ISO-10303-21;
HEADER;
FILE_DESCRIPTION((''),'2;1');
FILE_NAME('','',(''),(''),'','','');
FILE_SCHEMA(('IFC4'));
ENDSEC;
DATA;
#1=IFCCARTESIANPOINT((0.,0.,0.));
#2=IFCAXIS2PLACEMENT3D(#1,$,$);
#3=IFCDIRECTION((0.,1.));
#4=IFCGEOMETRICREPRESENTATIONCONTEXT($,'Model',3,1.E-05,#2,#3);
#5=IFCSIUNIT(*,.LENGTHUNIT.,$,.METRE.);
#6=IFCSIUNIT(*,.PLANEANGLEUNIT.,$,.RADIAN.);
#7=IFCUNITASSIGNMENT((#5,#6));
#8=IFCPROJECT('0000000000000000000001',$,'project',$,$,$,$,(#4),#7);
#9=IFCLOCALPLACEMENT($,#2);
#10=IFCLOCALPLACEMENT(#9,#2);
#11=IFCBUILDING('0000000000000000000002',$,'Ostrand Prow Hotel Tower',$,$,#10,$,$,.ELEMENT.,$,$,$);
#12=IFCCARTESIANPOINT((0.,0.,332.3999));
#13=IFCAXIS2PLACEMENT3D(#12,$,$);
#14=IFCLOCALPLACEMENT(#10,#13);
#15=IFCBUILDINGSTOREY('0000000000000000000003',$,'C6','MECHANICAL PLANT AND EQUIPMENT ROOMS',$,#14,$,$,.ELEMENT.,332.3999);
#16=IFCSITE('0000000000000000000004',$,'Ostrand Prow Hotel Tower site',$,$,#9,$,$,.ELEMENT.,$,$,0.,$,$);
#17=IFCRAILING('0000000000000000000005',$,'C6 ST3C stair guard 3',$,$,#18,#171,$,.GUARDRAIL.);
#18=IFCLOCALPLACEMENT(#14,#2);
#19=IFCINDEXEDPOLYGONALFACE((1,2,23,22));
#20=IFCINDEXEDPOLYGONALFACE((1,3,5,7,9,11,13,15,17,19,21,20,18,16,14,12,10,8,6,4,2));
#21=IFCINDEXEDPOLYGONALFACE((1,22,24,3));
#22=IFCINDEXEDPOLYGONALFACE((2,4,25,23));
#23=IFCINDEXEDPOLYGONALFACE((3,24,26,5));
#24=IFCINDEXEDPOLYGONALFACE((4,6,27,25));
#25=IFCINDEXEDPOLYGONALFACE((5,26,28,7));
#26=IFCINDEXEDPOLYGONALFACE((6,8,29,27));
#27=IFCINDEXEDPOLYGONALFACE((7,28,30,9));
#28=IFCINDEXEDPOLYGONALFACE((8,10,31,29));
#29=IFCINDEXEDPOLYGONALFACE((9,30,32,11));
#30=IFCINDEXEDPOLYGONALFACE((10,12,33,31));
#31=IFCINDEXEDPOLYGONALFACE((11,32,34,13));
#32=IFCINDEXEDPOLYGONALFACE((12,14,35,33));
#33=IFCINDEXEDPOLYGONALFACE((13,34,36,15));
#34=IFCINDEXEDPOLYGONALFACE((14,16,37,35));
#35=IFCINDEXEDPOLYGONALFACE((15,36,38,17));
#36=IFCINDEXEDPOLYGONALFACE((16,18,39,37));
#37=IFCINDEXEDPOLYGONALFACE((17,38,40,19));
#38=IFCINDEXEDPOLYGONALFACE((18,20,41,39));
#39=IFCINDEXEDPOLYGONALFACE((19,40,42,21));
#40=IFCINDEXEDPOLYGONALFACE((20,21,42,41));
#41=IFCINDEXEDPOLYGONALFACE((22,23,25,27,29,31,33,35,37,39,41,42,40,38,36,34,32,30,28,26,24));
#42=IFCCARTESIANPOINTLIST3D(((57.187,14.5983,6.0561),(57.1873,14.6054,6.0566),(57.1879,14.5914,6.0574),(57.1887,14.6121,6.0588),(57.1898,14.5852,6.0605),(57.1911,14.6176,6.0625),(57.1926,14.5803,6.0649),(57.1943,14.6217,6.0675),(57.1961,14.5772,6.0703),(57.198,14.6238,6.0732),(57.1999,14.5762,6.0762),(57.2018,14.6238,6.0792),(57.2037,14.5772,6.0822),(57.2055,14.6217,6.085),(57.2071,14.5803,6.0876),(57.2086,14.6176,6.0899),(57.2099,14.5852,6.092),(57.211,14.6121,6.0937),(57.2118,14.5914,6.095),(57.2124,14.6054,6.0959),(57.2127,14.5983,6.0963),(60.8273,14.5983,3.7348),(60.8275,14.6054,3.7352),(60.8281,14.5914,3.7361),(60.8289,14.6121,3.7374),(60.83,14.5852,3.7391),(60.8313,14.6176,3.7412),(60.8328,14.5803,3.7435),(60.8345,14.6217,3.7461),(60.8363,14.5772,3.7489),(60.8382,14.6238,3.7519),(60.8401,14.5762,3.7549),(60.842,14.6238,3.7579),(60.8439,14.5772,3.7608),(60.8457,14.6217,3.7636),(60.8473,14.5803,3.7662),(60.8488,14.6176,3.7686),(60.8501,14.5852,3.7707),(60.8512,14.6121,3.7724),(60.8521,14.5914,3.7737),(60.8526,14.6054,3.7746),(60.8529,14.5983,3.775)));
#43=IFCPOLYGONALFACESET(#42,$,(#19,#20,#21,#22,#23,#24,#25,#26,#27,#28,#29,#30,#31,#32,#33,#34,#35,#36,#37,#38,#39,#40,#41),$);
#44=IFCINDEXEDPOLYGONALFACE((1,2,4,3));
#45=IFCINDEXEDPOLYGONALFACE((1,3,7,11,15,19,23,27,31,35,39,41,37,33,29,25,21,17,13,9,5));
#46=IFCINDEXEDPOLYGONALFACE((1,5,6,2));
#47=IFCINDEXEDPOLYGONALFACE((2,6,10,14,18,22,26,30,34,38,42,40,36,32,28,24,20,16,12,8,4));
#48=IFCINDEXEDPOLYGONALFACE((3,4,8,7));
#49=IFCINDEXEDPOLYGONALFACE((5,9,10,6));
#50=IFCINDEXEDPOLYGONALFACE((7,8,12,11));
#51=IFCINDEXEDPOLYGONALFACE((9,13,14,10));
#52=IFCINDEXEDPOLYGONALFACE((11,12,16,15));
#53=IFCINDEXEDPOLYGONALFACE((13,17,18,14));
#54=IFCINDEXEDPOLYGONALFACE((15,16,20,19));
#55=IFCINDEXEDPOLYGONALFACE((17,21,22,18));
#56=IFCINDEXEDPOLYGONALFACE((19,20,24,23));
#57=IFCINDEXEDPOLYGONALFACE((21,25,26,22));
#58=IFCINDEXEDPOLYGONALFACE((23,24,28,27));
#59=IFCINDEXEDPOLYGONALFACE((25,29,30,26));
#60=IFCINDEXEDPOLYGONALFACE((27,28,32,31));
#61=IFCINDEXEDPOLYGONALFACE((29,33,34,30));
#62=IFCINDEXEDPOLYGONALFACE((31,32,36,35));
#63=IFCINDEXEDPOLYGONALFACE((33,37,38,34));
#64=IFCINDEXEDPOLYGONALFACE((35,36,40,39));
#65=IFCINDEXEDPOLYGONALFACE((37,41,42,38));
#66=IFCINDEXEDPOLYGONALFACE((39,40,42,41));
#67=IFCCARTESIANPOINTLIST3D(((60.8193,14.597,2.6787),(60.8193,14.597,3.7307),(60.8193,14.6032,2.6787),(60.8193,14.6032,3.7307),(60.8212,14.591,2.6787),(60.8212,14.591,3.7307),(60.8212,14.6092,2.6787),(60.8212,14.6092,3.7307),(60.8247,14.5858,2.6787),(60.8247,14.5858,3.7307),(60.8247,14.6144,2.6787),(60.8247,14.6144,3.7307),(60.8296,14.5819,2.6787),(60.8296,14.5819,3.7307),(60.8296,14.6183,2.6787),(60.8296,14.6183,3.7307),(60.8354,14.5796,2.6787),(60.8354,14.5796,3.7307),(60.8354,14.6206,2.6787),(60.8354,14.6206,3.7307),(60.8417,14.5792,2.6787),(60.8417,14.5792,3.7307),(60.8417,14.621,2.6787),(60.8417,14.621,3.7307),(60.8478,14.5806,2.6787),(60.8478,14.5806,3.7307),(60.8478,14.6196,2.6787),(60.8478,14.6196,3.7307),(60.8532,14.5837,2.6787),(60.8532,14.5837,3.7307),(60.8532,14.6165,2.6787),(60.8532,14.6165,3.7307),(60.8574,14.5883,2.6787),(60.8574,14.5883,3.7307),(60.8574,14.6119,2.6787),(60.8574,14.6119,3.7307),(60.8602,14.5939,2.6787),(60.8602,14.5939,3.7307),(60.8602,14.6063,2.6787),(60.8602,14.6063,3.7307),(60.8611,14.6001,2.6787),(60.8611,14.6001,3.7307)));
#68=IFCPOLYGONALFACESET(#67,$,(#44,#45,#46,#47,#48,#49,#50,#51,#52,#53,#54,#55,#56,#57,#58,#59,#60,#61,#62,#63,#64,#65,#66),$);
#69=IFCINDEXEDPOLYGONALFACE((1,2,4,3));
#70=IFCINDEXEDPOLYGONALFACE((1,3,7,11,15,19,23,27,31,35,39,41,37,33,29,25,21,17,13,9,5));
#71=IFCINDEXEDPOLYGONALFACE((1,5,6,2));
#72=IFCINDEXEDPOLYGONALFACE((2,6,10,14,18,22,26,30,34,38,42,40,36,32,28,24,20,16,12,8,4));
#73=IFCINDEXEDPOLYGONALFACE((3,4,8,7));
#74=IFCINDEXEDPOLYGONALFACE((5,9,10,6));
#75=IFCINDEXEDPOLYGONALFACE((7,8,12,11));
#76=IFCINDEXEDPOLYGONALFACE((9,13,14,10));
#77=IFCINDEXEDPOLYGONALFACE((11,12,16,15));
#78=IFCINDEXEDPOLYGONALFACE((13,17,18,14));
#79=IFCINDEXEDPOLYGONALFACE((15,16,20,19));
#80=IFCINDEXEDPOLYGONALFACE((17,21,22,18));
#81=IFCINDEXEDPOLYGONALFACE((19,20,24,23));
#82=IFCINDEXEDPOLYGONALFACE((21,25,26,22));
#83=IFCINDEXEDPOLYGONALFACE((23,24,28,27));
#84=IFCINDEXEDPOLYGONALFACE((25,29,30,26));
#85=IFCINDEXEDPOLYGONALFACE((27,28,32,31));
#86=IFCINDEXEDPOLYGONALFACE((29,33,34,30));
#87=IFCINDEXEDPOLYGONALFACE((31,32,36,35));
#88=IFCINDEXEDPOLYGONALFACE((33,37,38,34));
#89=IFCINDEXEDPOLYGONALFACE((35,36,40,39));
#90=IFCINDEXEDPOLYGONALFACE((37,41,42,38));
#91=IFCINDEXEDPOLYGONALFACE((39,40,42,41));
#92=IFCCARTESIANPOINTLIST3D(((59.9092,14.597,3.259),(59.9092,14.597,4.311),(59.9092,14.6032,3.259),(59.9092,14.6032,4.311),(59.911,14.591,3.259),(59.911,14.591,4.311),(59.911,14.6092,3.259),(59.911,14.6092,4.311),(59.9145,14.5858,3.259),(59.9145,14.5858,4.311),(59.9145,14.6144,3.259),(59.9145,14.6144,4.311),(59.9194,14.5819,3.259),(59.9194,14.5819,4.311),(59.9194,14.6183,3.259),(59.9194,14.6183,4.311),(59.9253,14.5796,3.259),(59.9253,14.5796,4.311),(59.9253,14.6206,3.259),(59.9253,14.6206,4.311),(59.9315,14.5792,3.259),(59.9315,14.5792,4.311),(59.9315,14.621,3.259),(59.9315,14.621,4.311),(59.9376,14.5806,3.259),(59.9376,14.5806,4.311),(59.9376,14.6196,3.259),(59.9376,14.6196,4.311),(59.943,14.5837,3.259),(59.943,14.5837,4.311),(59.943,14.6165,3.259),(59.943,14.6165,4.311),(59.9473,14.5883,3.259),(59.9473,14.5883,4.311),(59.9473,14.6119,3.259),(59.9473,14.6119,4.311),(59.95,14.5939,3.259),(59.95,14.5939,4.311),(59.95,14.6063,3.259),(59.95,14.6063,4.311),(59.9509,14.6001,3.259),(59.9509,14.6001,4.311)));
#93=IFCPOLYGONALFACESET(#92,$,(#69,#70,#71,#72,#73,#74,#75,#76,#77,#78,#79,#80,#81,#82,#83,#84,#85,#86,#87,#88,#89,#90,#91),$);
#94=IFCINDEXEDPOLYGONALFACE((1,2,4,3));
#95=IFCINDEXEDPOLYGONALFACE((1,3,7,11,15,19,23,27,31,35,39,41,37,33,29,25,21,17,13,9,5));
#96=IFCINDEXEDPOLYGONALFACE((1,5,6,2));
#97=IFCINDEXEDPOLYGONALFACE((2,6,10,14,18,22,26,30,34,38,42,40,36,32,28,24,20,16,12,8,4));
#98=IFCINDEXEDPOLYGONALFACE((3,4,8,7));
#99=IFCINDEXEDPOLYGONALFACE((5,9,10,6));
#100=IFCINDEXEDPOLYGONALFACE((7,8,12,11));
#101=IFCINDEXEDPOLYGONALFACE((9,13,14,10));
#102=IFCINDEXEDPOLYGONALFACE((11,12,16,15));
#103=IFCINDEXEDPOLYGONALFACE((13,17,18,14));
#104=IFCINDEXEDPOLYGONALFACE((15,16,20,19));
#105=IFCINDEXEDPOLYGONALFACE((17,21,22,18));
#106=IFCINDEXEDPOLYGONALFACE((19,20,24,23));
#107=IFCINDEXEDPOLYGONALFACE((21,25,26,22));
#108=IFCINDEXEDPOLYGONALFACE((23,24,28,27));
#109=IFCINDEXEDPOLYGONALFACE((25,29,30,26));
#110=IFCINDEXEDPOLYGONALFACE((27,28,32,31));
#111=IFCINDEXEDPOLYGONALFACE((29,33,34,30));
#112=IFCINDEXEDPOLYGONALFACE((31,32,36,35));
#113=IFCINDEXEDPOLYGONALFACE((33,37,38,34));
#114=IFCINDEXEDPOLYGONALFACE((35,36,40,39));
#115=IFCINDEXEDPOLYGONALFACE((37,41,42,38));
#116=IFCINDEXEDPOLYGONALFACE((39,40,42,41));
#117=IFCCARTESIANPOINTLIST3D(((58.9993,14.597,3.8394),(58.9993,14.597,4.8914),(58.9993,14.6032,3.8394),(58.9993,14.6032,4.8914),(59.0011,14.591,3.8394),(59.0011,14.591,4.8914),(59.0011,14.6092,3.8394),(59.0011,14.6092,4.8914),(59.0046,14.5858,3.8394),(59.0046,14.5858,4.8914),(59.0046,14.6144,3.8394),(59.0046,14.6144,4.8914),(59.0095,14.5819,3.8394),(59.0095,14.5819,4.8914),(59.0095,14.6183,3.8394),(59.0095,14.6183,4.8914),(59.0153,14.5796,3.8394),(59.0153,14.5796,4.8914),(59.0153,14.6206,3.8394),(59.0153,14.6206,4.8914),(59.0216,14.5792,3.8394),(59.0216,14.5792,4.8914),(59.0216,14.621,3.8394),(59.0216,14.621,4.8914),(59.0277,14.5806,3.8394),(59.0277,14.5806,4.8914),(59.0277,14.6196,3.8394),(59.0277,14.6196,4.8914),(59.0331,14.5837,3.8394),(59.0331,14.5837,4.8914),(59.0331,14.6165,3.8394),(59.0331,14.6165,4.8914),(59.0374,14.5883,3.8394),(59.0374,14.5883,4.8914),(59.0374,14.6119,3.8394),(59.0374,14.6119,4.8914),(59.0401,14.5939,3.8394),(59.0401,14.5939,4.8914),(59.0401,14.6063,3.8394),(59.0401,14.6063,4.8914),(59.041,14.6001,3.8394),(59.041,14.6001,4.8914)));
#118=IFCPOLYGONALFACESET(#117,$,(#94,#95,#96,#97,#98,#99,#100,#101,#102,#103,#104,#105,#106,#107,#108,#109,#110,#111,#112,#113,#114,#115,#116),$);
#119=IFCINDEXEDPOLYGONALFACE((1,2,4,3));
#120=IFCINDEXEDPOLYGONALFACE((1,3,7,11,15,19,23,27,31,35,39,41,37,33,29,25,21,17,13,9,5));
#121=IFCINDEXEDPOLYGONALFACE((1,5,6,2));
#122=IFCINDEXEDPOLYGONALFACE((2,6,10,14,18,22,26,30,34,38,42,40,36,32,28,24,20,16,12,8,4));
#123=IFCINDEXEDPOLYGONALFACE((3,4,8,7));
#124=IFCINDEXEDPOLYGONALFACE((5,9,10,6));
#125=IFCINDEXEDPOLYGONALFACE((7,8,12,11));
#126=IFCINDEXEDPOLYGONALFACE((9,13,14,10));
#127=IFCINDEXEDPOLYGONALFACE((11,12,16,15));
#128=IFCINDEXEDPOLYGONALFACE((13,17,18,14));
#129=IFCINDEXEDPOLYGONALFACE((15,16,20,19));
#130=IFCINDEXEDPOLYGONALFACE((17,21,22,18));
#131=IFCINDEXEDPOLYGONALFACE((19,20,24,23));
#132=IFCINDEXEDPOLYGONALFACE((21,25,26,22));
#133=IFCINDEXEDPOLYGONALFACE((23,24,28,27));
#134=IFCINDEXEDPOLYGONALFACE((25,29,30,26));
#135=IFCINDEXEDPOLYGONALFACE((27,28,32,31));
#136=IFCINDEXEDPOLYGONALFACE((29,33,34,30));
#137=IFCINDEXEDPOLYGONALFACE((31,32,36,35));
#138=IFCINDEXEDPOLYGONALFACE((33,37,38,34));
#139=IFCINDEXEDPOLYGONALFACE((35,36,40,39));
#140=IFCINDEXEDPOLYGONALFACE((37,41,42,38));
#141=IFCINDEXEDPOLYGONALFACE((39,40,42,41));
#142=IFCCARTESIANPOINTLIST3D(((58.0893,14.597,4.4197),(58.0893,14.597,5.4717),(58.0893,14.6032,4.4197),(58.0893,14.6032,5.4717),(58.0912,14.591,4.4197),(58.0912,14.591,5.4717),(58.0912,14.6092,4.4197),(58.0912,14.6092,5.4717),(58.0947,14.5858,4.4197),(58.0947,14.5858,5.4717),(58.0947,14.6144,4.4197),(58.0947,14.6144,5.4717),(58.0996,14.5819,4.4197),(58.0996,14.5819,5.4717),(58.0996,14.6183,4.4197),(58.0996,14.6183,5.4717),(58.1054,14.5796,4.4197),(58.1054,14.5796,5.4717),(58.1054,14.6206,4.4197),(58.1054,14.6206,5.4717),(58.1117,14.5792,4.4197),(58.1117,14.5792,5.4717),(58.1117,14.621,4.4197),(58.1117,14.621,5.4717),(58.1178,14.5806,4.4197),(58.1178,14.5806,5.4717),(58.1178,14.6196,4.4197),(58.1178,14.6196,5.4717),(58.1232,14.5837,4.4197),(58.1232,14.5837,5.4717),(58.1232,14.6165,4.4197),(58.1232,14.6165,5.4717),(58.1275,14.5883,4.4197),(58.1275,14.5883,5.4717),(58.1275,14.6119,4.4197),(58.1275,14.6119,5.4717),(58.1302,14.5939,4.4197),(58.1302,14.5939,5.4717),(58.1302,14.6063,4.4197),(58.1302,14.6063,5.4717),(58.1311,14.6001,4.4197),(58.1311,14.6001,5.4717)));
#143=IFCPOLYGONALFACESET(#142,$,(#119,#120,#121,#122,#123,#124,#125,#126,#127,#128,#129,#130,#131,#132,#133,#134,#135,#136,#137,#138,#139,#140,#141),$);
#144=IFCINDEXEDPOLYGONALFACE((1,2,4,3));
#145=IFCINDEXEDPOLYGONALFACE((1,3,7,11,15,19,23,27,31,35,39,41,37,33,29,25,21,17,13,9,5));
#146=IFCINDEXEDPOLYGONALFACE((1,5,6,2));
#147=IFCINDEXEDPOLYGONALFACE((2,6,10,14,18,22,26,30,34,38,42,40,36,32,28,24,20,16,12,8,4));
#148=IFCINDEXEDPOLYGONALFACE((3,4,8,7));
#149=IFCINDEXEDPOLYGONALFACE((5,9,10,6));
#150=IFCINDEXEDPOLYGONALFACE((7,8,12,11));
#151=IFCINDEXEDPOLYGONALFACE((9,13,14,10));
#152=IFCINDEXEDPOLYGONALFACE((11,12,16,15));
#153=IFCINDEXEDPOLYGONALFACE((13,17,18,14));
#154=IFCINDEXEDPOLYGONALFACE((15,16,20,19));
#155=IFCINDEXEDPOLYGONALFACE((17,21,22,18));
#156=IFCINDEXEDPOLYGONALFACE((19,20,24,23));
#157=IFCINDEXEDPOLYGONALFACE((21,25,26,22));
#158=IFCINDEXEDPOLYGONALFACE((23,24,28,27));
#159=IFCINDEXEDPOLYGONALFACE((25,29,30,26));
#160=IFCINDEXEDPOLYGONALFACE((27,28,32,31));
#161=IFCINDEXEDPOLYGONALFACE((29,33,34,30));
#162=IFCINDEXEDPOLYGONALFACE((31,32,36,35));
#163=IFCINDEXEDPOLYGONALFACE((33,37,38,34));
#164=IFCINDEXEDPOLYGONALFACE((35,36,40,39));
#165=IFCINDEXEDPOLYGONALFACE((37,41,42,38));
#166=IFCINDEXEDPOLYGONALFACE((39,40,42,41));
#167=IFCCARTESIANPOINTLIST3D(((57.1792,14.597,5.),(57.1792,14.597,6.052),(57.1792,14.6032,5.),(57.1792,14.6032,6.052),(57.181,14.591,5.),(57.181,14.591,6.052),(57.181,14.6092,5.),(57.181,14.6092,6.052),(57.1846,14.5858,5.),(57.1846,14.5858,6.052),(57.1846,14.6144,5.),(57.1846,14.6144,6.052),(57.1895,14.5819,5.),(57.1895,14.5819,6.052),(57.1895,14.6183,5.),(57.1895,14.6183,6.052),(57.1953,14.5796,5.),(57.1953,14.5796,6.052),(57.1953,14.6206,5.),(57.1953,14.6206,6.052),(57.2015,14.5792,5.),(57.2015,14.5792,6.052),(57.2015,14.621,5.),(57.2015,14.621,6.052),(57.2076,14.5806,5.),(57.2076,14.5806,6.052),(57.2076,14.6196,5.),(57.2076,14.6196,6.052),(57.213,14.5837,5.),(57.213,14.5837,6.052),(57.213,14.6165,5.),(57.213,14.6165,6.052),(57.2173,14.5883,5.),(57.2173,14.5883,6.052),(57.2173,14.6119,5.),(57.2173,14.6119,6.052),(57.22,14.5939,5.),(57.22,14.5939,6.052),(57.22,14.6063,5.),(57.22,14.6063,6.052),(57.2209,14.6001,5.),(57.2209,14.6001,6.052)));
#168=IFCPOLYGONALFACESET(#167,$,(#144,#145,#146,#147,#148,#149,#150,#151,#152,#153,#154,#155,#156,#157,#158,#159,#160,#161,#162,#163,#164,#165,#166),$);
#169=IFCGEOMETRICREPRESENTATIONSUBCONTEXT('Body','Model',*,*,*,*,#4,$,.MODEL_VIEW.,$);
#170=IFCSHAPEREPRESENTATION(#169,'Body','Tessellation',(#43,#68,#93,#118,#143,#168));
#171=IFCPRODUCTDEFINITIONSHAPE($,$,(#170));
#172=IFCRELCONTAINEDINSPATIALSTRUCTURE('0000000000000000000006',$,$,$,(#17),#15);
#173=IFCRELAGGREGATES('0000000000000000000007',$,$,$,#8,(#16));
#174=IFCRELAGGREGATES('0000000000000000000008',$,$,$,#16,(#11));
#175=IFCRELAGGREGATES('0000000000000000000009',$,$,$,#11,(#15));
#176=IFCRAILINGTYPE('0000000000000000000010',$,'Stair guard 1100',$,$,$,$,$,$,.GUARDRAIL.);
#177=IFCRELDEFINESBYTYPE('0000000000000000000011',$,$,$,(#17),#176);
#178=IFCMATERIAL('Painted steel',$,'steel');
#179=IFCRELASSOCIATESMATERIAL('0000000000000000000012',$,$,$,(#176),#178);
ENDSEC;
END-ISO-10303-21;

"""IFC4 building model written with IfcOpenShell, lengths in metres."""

from ifc_helpers import new_model, si_unit, direction, frame, origin, origin_2d, place, context, subcontext, project, spatial, circle, extrude, material, type_object, element, save


model = new_model("IFC4")

# Units and contexts
model_context = context("Model", 3, precision=1e-05, world=origin(), true_north=direction((0.0, 1.0)))
body_context = subcontext(model_context, "Body", "Model", "MODEL_VIEW")
ifc_project = project(units=[si_unit("LENGTHUNIT", "METRE"), si_unit("PLANEANGLEUNIT", "RADIAN")], contexts=[model_context])

# Site, building, storey
site_placement = place(None, origin())
site = spatial("IfcSite", under=ifc_project, at=site_placement, Name="Ostrand Prow Hotel Tower site", CompositionType="ELEMENT", RefElevation=0.0)
building_placement = place(site_placement, origin())
building = spatial("IfcBuilding", under=site, at=building_placement, Name="Ostrand Prow Hotel Tower", CompositionType="ELEMENT")
storey_placement = place(building_placement, frame((0.0, 0.0, 332.3999)))
storey = spatial("IfcBuildingStorey", under=building, at=storey_placement, Name="C6", Description="MECHANICAL PLANT AND EQUIPMENT ROOMS", CompositionType="ELEMENT", Elevation=332.3999)

# Railing
ifc_material_1 = material(Name="Painted steel", Category="steel")
railing_type_1 = type_object("IfcRailingType", Name="Stair guard 1100", PredefinedType="GUARDRAIL", material=ifc_material_1)
railing_1_placement = place(storey_placement, frame((60.8401, 14.6001, 2.6787)))
element("IfcRailing", 1, at=railing_1_placement, inside=storey, type_object=railing_type_1, Name="C6 ST3C stair guard 3", PredefinedType="GUARDRAIL", context=body_context, shape_type="SweptSolid", body=[
    extrude(circle(Radius=0.0239, at=origin_2d()), frame((0.0, 0.0, 1.0762), z_axis=(-0.843153, 0.0, 0.537673), x_axis=(0.0, -1.0, 0.0)), (0.0, 0.0, 1.0), 4.3174),
    extrude(circle(Radius=0.021, at=origin_2d()), origin(), (0.0, 0.0, 1.0), 1.052),
    extrude(circle(Radius=0.021, at=origin_2d()), frame((-0.9102, 0.0, 0.5803)), (0.0, 0.0, 1.0), 1.052),
    extrude(circle(Radius=0.021, at=origin_2d()), frame((-1.8201, 0.0, 1.1606)), (0.0, 0.0, 1.0), 1.052),
    extrude(circle(Radius=0.021, at=origin_2d()), frame((-2.73, 0.0, 1.741)), (0.0, 0.0, 1.0), 1.052),
    extrude(circle(Radius=0.021, at=origin_2d()), frame((-3.6401, 0.0, 2.3213)), (0.0, 0.0, 1.0), 1.052),
])

save(model, "model.ifc")
